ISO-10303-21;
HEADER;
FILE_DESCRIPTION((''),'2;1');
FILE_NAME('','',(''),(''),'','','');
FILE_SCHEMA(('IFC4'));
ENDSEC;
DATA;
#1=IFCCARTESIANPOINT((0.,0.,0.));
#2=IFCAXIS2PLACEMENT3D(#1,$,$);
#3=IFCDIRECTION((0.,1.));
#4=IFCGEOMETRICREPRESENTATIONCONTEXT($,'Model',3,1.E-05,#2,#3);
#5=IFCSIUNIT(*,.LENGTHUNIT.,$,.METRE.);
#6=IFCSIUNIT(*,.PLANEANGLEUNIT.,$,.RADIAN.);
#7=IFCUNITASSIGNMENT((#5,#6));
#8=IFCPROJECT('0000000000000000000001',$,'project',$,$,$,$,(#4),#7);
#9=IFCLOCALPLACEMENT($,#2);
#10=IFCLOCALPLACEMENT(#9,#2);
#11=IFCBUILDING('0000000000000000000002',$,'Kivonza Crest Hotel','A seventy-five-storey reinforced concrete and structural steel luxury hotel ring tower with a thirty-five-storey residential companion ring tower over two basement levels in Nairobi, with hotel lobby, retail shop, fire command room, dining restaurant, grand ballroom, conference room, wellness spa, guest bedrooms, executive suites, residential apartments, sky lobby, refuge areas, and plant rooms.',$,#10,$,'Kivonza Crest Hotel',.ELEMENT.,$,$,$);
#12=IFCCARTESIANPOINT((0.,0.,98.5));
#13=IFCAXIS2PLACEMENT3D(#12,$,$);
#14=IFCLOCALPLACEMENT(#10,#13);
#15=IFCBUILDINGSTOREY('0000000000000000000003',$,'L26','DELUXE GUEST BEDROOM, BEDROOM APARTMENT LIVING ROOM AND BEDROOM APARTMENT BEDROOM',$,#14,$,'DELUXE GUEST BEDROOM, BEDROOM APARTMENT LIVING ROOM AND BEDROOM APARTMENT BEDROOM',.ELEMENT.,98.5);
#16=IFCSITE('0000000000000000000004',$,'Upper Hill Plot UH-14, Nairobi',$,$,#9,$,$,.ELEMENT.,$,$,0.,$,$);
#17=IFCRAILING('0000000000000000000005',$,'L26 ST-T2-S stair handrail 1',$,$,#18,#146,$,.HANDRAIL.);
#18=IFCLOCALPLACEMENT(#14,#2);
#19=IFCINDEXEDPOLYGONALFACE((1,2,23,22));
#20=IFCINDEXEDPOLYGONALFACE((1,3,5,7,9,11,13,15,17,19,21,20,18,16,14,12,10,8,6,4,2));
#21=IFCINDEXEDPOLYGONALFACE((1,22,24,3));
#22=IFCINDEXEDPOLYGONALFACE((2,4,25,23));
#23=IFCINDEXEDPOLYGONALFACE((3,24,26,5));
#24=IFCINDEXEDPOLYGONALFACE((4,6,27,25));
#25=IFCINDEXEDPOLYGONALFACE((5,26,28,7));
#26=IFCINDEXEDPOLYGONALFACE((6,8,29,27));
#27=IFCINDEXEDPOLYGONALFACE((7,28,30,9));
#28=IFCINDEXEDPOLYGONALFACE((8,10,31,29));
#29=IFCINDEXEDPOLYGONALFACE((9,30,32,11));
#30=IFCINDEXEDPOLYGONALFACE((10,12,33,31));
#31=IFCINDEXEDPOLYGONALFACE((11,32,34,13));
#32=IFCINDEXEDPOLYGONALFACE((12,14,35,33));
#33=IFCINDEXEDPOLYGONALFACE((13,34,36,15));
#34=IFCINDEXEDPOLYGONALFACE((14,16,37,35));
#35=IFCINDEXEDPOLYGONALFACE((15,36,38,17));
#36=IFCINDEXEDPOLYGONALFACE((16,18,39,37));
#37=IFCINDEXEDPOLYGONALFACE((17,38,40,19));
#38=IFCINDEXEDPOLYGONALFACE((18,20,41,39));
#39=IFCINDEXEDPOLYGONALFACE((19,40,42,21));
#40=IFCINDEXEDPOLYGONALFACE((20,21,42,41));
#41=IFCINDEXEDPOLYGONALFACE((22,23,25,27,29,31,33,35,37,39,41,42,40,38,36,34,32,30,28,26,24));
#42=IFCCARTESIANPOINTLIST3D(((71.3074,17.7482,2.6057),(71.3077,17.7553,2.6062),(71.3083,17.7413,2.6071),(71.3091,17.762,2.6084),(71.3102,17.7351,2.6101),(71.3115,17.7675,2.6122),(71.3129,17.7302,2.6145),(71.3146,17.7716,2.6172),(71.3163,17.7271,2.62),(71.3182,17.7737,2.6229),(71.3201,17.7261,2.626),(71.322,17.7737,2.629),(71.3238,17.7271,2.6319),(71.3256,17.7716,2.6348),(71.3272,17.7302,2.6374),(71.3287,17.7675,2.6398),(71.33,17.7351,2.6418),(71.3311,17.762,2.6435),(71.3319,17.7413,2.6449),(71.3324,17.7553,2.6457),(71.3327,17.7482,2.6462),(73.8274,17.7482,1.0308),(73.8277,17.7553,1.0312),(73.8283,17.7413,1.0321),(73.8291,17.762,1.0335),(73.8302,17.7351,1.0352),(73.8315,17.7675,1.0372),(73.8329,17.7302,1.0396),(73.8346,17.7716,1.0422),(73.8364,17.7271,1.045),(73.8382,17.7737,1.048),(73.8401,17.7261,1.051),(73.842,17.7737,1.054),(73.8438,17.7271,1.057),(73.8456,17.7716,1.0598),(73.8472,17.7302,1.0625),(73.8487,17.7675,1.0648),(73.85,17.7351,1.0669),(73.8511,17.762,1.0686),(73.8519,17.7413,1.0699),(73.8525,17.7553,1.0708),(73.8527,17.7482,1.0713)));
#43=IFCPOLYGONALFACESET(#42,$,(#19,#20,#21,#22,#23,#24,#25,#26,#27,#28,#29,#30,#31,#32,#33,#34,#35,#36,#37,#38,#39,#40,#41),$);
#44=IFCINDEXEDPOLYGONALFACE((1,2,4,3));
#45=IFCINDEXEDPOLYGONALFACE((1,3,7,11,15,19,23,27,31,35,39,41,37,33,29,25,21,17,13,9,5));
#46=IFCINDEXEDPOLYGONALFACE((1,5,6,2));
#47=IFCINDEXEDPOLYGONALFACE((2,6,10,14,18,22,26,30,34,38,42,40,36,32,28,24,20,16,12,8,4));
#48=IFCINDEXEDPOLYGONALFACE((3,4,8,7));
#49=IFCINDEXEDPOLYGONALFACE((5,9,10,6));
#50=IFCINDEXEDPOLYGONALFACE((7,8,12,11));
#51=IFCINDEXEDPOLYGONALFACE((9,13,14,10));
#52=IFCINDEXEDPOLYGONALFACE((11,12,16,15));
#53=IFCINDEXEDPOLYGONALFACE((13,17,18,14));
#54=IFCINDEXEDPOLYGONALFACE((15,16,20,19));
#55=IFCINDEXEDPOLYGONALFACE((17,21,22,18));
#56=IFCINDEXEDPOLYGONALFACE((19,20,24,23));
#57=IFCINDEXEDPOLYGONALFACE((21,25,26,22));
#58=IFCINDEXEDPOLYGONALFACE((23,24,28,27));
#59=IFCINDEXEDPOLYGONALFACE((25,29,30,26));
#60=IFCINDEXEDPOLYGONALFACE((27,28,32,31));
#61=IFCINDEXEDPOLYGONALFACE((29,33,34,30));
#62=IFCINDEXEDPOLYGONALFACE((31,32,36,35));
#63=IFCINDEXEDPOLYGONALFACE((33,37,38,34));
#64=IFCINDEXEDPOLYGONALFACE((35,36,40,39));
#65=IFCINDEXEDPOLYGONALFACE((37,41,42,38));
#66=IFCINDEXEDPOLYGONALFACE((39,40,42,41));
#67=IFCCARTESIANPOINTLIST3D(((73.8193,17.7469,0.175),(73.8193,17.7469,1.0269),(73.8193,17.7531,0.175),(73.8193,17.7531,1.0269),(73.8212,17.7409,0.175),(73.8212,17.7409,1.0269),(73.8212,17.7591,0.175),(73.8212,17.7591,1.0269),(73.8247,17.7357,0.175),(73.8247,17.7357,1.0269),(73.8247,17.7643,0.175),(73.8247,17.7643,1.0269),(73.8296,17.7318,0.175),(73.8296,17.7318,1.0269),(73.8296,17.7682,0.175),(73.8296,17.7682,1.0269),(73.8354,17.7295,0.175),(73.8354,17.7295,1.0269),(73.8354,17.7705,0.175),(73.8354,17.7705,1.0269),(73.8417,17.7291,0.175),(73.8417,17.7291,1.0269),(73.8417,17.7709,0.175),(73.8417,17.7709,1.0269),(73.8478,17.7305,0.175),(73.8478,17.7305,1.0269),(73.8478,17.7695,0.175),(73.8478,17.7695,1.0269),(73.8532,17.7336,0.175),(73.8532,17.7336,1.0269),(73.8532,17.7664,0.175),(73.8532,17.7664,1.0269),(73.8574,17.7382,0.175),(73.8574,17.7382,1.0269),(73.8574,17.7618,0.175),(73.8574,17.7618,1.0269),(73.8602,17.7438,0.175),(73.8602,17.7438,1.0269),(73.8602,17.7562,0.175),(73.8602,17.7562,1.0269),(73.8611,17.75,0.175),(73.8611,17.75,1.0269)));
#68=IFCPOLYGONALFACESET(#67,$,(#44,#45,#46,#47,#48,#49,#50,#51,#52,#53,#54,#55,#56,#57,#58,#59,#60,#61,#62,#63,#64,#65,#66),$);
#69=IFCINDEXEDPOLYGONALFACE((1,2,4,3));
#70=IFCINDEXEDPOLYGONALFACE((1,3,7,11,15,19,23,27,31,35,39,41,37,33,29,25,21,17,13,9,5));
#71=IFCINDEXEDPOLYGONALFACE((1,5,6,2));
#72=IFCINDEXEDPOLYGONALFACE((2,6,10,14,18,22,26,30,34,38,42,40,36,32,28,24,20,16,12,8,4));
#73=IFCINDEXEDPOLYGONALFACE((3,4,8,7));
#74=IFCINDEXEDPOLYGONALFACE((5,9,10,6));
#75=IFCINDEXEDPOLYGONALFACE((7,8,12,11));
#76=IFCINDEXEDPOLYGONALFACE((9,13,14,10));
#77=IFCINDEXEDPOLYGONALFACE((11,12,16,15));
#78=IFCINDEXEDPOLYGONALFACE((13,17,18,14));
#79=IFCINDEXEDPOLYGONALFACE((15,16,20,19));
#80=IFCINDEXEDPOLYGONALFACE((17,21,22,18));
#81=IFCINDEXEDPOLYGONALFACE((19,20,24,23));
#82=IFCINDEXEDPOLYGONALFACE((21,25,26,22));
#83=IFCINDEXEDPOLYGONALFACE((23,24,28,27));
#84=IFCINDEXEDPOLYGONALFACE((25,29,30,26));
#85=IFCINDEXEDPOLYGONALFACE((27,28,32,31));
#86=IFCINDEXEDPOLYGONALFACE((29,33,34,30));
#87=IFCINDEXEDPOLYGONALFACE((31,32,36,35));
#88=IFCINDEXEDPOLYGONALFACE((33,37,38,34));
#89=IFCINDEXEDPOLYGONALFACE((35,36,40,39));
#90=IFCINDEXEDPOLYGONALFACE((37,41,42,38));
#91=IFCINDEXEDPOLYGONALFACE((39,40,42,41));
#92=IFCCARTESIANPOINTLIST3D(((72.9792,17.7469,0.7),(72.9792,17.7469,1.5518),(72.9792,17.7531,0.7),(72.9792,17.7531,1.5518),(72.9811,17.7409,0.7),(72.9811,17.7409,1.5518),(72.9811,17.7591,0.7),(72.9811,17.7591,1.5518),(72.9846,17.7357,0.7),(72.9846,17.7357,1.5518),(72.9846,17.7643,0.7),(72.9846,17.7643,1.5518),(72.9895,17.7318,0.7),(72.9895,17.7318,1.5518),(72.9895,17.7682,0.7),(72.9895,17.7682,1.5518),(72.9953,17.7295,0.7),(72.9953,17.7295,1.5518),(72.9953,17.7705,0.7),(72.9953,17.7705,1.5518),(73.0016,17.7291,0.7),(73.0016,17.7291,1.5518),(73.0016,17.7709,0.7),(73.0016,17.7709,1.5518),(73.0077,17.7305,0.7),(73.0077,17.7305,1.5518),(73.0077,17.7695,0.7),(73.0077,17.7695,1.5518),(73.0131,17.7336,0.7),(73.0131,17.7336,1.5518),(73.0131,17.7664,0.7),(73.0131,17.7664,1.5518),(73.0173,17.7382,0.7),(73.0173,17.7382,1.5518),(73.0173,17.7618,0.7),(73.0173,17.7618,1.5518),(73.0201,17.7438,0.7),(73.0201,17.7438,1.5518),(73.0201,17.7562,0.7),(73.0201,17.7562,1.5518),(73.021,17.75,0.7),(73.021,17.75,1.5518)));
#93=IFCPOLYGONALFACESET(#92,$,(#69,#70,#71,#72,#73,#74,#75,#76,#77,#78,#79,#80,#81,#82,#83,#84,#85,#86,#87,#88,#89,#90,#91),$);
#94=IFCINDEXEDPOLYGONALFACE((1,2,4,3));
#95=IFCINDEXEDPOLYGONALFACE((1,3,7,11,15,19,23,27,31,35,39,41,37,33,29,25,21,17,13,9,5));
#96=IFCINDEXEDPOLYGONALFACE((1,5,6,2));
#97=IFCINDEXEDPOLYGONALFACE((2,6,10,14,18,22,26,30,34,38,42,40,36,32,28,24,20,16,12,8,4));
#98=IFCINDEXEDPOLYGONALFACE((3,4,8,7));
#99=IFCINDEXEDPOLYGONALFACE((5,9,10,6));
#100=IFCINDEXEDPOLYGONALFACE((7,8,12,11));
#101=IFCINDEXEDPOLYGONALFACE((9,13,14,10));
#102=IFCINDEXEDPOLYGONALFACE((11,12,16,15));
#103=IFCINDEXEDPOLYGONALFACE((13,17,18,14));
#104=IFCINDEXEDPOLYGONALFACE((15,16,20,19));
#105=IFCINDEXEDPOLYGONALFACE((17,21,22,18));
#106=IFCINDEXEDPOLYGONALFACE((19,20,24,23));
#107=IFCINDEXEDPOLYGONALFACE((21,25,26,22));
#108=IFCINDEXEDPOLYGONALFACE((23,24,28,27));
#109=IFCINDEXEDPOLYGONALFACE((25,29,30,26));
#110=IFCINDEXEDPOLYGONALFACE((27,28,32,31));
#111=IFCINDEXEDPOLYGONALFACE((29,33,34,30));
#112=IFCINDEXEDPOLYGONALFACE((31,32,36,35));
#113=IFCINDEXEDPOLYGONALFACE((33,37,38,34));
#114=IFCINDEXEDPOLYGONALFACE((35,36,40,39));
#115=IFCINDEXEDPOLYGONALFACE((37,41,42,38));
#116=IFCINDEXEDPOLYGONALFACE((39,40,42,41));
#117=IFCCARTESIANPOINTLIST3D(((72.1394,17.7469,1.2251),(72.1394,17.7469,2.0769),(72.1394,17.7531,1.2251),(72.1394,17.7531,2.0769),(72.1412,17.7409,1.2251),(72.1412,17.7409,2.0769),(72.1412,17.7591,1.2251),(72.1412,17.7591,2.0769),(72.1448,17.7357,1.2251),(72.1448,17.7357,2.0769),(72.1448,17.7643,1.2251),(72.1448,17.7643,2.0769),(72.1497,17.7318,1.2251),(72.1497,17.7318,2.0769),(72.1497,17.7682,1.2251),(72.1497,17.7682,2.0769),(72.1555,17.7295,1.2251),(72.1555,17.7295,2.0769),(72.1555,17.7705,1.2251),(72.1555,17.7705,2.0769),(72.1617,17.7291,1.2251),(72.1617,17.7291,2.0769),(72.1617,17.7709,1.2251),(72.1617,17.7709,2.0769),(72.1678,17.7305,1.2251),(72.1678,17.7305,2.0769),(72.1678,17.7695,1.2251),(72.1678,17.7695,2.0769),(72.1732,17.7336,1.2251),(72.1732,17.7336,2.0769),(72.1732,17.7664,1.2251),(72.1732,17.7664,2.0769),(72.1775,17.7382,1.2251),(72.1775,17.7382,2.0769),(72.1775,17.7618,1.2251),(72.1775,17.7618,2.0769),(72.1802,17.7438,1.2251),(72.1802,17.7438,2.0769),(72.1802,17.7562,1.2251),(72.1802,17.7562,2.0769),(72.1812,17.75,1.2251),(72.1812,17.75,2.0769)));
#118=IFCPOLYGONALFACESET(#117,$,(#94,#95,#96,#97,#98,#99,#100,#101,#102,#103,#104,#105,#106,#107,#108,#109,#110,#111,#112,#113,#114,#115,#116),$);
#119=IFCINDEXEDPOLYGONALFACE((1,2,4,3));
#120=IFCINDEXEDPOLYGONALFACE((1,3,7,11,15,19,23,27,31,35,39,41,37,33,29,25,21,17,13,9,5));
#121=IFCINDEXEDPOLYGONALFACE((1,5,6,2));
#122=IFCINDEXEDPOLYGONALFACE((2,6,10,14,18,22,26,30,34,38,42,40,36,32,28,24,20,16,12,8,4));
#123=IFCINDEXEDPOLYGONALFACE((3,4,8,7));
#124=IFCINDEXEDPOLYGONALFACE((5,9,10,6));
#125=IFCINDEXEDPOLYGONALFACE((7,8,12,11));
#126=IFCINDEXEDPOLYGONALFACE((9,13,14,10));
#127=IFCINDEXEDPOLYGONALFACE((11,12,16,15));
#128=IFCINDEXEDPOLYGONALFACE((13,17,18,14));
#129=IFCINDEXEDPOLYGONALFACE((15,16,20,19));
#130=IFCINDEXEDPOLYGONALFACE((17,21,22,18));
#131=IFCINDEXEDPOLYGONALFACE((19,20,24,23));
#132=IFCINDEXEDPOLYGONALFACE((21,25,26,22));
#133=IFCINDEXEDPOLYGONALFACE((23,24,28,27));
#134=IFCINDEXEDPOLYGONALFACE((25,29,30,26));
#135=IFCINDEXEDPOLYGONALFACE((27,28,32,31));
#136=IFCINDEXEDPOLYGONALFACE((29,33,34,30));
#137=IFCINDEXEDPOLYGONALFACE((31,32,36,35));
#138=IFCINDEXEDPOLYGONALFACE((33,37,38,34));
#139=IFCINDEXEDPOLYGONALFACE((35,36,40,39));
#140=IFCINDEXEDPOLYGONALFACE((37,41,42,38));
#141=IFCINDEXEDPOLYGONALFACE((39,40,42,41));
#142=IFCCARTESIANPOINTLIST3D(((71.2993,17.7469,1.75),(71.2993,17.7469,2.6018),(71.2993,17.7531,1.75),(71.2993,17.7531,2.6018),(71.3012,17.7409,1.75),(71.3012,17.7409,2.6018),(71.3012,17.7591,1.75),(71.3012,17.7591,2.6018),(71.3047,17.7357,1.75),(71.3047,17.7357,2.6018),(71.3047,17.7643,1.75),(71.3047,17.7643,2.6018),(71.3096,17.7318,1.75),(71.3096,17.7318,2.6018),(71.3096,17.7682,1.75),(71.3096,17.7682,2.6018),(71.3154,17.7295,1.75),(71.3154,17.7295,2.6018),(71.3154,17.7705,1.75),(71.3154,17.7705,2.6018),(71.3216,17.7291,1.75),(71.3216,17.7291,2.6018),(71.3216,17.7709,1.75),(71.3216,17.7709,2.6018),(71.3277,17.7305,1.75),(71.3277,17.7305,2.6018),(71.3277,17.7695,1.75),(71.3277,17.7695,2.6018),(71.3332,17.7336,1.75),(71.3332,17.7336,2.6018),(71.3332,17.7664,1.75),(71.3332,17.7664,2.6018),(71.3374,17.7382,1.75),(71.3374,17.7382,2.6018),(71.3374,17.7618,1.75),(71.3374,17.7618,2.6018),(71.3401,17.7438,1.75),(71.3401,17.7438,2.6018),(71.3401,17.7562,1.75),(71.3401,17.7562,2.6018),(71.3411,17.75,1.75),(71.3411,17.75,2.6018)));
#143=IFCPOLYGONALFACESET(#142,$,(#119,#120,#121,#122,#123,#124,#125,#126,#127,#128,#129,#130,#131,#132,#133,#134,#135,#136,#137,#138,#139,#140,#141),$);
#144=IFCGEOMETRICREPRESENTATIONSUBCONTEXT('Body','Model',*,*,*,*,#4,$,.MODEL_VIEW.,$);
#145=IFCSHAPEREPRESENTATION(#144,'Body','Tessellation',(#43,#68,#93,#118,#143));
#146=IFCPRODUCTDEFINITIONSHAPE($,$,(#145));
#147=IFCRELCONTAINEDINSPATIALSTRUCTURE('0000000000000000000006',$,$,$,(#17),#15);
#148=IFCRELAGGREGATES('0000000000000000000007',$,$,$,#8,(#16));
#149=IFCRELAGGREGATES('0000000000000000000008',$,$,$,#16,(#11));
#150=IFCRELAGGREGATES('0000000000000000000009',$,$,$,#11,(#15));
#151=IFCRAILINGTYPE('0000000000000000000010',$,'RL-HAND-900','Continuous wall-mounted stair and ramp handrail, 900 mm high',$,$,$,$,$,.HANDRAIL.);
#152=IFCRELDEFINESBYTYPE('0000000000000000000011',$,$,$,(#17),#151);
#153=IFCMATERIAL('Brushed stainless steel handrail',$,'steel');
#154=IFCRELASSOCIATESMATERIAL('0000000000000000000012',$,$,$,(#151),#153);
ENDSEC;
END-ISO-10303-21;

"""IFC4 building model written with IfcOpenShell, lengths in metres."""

from ifc_helpers import new_model, si_unit, direction, frame, origin, origin_2d, place, context, subcontext, project, spatial, circle, extrude, material, type_object, element, save


model = new_model("IFC4")

# Units and contexts
model_context = context("Model", 3, precision=1e-05, world=origin(), true_north=direction((0.0, 1.0)))
body_context = subcontext(model_context, "Body", "Model", "MODEL_VIEW")
ifc_project = project(units=[si_unit("LENGTHUNIT", "METRE"), si_unit("PLANEANGLEUNIT", "RADIAN")], contexts=[model_context])

# Site, building, storey
site_placement = place(None, origin())
site = spatial("IfcSite", under=ifc_project, at=site_placement, Name="Upper Hill Plot UH-14, Nairobi", CompositionType="ELEMENT", RefElevation=0.0)
building_placement = place(site_placement, origin())
building = spatial("IfcBuilding", under=site, at=building_placement, Name="Kivonza Crest Hotel", Description="A seventy-five-storey reinforced concrete and structural steel luxury hotel ring tower with a thirty-five-storey residential companion ring tower over two basement levels in Nairobi, with hotel lobby, retail shop, fire command room, dining restaurant, grand ballroom, conference room, wellness spa, guest bedrooms, executive suites, residential apartments, sky lobby, refuge areas, and plant rooms.", LongName="Kivonza Crest Hotel", CompositionType="ELEMENT")
storey_placement = place(building_placement, frame((0.0, 0.0, 98.5)))
storey = spatial("IfcBuildingStorey", under=building, at=storey_placement, Name="L26", Description="DELUXE GUEST BEDROOM, BEDROOM APARTMENT LIVING ROOM AND BEDROOM APARTMENT BEDROOM", LongName="DELUXE GUEST BEDROOM, BEDROOM APARTMENT LIVING ROOM AND BEDROOM APARTMENT BEDROOM", CompositionType="ELEMENT", Elevation=98.5)

# Railing
ifc_material_1 = material(Name="Brushed stainless steel handrail", Category="steel")
railing_type_1 = type_object("IfcRailingType", Name="RL-HAND-900", Description="Continuous wall-mounted stair and ramp handrail, 900 mm high", PredefinedType="HANDRAIL", material=ifc_material_1)
railing_1_placement = place(storey_placement, frame((73.8401, 17.75, 0.175)))
element("IfcRailing", 1, at=railing_1_placement, inside=storey, type_object=railing_type_1, Name="L26 ST-T2-S stair handrail 1", PredefinedType="HANDRAIL", context=body_context, shape_type="SweptSolid", body=[
    extrude(circle(Radius=0.0239, at=origin_2d()), frame((0.0, 0.0, 0.876), z_axis=(-0.848008, 0.0, 0.529984), x_axis=(0.0, -1.0, 0.0)), (0.0, 0.0, 1.0), 2.9717),
    extrude(circle(Radius=0.021, at=origin_2d()), origin(), (0.0, 0.0, 1.0), 0.8518),
    extrude(circle(Radius=0.021, at=origin_2d()), frame((-0.8401, 0.0, 0.5249)), (0.0, 0.0, 1.0), 0.8518),
    extrude(circle(Radius=0.021, at=origin_2d()), frame((-1.6799, 0.0, 1.05)), (0.0, 0.0, 1.0), 0.8518),
    extrude(circle(Radius=0.021, at=origin_2d()), frame((-2.52, 0.0, 1.575)), (0.0, 0.0, 1.0), 0.8518),
])

save(model, "model.ifc")
